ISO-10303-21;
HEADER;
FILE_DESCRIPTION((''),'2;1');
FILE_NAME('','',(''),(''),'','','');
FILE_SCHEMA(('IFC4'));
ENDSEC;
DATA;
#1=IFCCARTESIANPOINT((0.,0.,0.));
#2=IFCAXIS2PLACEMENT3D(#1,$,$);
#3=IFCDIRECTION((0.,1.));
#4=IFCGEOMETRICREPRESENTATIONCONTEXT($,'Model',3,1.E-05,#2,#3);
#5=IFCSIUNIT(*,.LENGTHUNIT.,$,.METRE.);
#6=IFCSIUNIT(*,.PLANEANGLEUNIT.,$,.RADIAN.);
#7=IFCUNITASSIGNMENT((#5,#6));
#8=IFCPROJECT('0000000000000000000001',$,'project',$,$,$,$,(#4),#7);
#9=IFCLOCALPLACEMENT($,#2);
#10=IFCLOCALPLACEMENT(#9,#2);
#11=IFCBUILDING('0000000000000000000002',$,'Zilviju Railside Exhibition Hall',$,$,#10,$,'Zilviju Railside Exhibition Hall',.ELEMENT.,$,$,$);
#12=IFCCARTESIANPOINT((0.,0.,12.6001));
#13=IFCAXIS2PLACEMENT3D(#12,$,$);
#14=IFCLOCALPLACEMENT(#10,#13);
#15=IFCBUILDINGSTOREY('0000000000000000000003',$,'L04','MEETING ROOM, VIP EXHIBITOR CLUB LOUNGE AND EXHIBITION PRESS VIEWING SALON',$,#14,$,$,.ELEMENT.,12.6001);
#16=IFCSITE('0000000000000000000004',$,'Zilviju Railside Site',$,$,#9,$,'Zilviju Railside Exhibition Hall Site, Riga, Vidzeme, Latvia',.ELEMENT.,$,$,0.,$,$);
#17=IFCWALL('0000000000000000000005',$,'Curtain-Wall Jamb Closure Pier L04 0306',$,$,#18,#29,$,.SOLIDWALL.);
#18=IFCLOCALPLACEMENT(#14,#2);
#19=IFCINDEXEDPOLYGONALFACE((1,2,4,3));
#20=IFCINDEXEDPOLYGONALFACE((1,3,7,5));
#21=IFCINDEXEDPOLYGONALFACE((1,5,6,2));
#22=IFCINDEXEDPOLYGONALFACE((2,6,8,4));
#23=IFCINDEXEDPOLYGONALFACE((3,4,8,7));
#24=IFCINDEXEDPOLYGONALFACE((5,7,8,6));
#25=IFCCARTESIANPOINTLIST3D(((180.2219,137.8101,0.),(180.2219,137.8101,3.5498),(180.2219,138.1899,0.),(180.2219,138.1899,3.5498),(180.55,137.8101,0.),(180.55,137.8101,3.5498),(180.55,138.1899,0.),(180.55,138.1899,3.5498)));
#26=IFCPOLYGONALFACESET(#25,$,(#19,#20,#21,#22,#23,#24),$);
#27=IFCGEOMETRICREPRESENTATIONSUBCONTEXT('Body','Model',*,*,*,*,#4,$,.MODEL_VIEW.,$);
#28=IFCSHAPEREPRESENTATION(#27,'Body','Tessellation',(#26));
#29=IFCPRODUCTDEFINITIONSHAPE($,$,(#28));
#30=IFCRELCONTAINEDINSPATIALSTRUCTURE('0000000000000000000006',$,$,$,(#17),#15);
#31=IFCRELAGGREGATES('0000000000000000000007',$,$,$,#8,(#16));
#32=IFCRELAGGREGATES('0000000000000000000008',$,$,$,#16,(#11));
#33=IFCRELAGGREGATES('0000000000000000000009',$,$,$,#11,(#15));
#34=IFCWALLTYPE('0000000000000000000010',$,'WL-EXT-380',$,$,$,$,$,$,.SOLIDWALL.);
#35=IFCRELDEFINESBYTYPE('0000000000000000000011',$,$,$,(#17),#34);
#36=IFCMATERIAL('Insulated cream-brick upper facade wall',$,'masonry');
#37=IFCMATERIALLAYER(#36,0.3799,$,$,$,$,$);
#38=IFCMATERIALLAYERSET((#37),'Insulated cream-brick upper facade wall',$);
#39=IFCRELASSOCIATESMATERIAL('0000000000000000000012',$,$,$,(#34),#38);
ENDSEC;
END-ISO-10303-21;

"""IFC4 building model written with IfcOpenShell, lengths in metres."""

from ifc_helpers import new_model, si_unit, direction, frame, frame_2d, origin, place, context, subcontext, project, spatial, rectangle, extrude, material, layer, layer_set, type_object, element, save


model = new_model("IFC4")

# Units and contexts
model_context = context("Model", 3, precision=1e-05, world=origin(), true_north=direction((0.0, 1.0)))
body_context = subcontext(model_context, "Body", "Model", "MODEL_VIEW")
ifc_project = project(units=[si_unit("LENGTHUNIT", "METRE"), si_unit("PLANEANGLEUNIT", "RADIAN")], contexts=[model_context])

# Site, building, storey
site_placement = place(None, origin())
site = spatial("IfcSite", under=ifc_project, at=site_placement, Name="Zilviju Railside Site", LongName="Zilviju Railside Exhibition Hall Site, Riga, Vidzeme, Latvia", CompositionType="ELEMENT", RefElevation=0.0)
building_placement = place(site_placement, origin())
building = spatial("IfcBuilding", under=site, at=building_placement, Name="Zilviju Railside Exhibition Hall", LongName="Zilviju Railside Exhibition Hall", CompositionType="ELEMENT")
storey_placement = place(building_placement, frame((0.0, 0.0, 12.6001)))
storey = spatial("IfcBuildingStorey", under=building, at=storey_placement, Name="L04", Description="MEETING ROOM, VIP EXHIBITOR CLUB LOUNGE AND EXHIBITION PRESS VIEWING SALON", CompositionType="ELEMENT", Elevation=12.6001)

# Wall
ifc_material_1 = material(Name="Insulated cream-brick upper facade wall", Category="masonry")
ifc_layer_1 = layer(ifc_material_1, 0.3799)
ifc_layer_set_1 = layer_set([ifc_layer_1], Name="Insulated cream-brick upper facade wall")
wall_type = type_object("IfcWallType", Name="WL-EXT-380", PredefinedType="SOLIDWALL", material=ifc_layer_set_1)
wall_1_placement = place(storey_placement, frame((180.2219, 138.0, 0.0), z_axis=(0.0, 0.0, 1.0), x_axis=(1.0, 0.0, 0.0)))
element("IfcWall", 1, at=wall_1_placement, inside=storey, type_object=wall_type, Name="Curtain-Wall Jamb Closure Pier L04 0306", PredefinedType="SOLIDWALL", context=body_context, shape_type="SweptSolid", body=[
    extrude(rectangle(XDim=0.3281, YDim=0.3799, at=frame_2d((0.1641, 0.0))), origin(), (0.0, 0.0, 1.0), 3.5498),
])

save(model, "model.ifc")
